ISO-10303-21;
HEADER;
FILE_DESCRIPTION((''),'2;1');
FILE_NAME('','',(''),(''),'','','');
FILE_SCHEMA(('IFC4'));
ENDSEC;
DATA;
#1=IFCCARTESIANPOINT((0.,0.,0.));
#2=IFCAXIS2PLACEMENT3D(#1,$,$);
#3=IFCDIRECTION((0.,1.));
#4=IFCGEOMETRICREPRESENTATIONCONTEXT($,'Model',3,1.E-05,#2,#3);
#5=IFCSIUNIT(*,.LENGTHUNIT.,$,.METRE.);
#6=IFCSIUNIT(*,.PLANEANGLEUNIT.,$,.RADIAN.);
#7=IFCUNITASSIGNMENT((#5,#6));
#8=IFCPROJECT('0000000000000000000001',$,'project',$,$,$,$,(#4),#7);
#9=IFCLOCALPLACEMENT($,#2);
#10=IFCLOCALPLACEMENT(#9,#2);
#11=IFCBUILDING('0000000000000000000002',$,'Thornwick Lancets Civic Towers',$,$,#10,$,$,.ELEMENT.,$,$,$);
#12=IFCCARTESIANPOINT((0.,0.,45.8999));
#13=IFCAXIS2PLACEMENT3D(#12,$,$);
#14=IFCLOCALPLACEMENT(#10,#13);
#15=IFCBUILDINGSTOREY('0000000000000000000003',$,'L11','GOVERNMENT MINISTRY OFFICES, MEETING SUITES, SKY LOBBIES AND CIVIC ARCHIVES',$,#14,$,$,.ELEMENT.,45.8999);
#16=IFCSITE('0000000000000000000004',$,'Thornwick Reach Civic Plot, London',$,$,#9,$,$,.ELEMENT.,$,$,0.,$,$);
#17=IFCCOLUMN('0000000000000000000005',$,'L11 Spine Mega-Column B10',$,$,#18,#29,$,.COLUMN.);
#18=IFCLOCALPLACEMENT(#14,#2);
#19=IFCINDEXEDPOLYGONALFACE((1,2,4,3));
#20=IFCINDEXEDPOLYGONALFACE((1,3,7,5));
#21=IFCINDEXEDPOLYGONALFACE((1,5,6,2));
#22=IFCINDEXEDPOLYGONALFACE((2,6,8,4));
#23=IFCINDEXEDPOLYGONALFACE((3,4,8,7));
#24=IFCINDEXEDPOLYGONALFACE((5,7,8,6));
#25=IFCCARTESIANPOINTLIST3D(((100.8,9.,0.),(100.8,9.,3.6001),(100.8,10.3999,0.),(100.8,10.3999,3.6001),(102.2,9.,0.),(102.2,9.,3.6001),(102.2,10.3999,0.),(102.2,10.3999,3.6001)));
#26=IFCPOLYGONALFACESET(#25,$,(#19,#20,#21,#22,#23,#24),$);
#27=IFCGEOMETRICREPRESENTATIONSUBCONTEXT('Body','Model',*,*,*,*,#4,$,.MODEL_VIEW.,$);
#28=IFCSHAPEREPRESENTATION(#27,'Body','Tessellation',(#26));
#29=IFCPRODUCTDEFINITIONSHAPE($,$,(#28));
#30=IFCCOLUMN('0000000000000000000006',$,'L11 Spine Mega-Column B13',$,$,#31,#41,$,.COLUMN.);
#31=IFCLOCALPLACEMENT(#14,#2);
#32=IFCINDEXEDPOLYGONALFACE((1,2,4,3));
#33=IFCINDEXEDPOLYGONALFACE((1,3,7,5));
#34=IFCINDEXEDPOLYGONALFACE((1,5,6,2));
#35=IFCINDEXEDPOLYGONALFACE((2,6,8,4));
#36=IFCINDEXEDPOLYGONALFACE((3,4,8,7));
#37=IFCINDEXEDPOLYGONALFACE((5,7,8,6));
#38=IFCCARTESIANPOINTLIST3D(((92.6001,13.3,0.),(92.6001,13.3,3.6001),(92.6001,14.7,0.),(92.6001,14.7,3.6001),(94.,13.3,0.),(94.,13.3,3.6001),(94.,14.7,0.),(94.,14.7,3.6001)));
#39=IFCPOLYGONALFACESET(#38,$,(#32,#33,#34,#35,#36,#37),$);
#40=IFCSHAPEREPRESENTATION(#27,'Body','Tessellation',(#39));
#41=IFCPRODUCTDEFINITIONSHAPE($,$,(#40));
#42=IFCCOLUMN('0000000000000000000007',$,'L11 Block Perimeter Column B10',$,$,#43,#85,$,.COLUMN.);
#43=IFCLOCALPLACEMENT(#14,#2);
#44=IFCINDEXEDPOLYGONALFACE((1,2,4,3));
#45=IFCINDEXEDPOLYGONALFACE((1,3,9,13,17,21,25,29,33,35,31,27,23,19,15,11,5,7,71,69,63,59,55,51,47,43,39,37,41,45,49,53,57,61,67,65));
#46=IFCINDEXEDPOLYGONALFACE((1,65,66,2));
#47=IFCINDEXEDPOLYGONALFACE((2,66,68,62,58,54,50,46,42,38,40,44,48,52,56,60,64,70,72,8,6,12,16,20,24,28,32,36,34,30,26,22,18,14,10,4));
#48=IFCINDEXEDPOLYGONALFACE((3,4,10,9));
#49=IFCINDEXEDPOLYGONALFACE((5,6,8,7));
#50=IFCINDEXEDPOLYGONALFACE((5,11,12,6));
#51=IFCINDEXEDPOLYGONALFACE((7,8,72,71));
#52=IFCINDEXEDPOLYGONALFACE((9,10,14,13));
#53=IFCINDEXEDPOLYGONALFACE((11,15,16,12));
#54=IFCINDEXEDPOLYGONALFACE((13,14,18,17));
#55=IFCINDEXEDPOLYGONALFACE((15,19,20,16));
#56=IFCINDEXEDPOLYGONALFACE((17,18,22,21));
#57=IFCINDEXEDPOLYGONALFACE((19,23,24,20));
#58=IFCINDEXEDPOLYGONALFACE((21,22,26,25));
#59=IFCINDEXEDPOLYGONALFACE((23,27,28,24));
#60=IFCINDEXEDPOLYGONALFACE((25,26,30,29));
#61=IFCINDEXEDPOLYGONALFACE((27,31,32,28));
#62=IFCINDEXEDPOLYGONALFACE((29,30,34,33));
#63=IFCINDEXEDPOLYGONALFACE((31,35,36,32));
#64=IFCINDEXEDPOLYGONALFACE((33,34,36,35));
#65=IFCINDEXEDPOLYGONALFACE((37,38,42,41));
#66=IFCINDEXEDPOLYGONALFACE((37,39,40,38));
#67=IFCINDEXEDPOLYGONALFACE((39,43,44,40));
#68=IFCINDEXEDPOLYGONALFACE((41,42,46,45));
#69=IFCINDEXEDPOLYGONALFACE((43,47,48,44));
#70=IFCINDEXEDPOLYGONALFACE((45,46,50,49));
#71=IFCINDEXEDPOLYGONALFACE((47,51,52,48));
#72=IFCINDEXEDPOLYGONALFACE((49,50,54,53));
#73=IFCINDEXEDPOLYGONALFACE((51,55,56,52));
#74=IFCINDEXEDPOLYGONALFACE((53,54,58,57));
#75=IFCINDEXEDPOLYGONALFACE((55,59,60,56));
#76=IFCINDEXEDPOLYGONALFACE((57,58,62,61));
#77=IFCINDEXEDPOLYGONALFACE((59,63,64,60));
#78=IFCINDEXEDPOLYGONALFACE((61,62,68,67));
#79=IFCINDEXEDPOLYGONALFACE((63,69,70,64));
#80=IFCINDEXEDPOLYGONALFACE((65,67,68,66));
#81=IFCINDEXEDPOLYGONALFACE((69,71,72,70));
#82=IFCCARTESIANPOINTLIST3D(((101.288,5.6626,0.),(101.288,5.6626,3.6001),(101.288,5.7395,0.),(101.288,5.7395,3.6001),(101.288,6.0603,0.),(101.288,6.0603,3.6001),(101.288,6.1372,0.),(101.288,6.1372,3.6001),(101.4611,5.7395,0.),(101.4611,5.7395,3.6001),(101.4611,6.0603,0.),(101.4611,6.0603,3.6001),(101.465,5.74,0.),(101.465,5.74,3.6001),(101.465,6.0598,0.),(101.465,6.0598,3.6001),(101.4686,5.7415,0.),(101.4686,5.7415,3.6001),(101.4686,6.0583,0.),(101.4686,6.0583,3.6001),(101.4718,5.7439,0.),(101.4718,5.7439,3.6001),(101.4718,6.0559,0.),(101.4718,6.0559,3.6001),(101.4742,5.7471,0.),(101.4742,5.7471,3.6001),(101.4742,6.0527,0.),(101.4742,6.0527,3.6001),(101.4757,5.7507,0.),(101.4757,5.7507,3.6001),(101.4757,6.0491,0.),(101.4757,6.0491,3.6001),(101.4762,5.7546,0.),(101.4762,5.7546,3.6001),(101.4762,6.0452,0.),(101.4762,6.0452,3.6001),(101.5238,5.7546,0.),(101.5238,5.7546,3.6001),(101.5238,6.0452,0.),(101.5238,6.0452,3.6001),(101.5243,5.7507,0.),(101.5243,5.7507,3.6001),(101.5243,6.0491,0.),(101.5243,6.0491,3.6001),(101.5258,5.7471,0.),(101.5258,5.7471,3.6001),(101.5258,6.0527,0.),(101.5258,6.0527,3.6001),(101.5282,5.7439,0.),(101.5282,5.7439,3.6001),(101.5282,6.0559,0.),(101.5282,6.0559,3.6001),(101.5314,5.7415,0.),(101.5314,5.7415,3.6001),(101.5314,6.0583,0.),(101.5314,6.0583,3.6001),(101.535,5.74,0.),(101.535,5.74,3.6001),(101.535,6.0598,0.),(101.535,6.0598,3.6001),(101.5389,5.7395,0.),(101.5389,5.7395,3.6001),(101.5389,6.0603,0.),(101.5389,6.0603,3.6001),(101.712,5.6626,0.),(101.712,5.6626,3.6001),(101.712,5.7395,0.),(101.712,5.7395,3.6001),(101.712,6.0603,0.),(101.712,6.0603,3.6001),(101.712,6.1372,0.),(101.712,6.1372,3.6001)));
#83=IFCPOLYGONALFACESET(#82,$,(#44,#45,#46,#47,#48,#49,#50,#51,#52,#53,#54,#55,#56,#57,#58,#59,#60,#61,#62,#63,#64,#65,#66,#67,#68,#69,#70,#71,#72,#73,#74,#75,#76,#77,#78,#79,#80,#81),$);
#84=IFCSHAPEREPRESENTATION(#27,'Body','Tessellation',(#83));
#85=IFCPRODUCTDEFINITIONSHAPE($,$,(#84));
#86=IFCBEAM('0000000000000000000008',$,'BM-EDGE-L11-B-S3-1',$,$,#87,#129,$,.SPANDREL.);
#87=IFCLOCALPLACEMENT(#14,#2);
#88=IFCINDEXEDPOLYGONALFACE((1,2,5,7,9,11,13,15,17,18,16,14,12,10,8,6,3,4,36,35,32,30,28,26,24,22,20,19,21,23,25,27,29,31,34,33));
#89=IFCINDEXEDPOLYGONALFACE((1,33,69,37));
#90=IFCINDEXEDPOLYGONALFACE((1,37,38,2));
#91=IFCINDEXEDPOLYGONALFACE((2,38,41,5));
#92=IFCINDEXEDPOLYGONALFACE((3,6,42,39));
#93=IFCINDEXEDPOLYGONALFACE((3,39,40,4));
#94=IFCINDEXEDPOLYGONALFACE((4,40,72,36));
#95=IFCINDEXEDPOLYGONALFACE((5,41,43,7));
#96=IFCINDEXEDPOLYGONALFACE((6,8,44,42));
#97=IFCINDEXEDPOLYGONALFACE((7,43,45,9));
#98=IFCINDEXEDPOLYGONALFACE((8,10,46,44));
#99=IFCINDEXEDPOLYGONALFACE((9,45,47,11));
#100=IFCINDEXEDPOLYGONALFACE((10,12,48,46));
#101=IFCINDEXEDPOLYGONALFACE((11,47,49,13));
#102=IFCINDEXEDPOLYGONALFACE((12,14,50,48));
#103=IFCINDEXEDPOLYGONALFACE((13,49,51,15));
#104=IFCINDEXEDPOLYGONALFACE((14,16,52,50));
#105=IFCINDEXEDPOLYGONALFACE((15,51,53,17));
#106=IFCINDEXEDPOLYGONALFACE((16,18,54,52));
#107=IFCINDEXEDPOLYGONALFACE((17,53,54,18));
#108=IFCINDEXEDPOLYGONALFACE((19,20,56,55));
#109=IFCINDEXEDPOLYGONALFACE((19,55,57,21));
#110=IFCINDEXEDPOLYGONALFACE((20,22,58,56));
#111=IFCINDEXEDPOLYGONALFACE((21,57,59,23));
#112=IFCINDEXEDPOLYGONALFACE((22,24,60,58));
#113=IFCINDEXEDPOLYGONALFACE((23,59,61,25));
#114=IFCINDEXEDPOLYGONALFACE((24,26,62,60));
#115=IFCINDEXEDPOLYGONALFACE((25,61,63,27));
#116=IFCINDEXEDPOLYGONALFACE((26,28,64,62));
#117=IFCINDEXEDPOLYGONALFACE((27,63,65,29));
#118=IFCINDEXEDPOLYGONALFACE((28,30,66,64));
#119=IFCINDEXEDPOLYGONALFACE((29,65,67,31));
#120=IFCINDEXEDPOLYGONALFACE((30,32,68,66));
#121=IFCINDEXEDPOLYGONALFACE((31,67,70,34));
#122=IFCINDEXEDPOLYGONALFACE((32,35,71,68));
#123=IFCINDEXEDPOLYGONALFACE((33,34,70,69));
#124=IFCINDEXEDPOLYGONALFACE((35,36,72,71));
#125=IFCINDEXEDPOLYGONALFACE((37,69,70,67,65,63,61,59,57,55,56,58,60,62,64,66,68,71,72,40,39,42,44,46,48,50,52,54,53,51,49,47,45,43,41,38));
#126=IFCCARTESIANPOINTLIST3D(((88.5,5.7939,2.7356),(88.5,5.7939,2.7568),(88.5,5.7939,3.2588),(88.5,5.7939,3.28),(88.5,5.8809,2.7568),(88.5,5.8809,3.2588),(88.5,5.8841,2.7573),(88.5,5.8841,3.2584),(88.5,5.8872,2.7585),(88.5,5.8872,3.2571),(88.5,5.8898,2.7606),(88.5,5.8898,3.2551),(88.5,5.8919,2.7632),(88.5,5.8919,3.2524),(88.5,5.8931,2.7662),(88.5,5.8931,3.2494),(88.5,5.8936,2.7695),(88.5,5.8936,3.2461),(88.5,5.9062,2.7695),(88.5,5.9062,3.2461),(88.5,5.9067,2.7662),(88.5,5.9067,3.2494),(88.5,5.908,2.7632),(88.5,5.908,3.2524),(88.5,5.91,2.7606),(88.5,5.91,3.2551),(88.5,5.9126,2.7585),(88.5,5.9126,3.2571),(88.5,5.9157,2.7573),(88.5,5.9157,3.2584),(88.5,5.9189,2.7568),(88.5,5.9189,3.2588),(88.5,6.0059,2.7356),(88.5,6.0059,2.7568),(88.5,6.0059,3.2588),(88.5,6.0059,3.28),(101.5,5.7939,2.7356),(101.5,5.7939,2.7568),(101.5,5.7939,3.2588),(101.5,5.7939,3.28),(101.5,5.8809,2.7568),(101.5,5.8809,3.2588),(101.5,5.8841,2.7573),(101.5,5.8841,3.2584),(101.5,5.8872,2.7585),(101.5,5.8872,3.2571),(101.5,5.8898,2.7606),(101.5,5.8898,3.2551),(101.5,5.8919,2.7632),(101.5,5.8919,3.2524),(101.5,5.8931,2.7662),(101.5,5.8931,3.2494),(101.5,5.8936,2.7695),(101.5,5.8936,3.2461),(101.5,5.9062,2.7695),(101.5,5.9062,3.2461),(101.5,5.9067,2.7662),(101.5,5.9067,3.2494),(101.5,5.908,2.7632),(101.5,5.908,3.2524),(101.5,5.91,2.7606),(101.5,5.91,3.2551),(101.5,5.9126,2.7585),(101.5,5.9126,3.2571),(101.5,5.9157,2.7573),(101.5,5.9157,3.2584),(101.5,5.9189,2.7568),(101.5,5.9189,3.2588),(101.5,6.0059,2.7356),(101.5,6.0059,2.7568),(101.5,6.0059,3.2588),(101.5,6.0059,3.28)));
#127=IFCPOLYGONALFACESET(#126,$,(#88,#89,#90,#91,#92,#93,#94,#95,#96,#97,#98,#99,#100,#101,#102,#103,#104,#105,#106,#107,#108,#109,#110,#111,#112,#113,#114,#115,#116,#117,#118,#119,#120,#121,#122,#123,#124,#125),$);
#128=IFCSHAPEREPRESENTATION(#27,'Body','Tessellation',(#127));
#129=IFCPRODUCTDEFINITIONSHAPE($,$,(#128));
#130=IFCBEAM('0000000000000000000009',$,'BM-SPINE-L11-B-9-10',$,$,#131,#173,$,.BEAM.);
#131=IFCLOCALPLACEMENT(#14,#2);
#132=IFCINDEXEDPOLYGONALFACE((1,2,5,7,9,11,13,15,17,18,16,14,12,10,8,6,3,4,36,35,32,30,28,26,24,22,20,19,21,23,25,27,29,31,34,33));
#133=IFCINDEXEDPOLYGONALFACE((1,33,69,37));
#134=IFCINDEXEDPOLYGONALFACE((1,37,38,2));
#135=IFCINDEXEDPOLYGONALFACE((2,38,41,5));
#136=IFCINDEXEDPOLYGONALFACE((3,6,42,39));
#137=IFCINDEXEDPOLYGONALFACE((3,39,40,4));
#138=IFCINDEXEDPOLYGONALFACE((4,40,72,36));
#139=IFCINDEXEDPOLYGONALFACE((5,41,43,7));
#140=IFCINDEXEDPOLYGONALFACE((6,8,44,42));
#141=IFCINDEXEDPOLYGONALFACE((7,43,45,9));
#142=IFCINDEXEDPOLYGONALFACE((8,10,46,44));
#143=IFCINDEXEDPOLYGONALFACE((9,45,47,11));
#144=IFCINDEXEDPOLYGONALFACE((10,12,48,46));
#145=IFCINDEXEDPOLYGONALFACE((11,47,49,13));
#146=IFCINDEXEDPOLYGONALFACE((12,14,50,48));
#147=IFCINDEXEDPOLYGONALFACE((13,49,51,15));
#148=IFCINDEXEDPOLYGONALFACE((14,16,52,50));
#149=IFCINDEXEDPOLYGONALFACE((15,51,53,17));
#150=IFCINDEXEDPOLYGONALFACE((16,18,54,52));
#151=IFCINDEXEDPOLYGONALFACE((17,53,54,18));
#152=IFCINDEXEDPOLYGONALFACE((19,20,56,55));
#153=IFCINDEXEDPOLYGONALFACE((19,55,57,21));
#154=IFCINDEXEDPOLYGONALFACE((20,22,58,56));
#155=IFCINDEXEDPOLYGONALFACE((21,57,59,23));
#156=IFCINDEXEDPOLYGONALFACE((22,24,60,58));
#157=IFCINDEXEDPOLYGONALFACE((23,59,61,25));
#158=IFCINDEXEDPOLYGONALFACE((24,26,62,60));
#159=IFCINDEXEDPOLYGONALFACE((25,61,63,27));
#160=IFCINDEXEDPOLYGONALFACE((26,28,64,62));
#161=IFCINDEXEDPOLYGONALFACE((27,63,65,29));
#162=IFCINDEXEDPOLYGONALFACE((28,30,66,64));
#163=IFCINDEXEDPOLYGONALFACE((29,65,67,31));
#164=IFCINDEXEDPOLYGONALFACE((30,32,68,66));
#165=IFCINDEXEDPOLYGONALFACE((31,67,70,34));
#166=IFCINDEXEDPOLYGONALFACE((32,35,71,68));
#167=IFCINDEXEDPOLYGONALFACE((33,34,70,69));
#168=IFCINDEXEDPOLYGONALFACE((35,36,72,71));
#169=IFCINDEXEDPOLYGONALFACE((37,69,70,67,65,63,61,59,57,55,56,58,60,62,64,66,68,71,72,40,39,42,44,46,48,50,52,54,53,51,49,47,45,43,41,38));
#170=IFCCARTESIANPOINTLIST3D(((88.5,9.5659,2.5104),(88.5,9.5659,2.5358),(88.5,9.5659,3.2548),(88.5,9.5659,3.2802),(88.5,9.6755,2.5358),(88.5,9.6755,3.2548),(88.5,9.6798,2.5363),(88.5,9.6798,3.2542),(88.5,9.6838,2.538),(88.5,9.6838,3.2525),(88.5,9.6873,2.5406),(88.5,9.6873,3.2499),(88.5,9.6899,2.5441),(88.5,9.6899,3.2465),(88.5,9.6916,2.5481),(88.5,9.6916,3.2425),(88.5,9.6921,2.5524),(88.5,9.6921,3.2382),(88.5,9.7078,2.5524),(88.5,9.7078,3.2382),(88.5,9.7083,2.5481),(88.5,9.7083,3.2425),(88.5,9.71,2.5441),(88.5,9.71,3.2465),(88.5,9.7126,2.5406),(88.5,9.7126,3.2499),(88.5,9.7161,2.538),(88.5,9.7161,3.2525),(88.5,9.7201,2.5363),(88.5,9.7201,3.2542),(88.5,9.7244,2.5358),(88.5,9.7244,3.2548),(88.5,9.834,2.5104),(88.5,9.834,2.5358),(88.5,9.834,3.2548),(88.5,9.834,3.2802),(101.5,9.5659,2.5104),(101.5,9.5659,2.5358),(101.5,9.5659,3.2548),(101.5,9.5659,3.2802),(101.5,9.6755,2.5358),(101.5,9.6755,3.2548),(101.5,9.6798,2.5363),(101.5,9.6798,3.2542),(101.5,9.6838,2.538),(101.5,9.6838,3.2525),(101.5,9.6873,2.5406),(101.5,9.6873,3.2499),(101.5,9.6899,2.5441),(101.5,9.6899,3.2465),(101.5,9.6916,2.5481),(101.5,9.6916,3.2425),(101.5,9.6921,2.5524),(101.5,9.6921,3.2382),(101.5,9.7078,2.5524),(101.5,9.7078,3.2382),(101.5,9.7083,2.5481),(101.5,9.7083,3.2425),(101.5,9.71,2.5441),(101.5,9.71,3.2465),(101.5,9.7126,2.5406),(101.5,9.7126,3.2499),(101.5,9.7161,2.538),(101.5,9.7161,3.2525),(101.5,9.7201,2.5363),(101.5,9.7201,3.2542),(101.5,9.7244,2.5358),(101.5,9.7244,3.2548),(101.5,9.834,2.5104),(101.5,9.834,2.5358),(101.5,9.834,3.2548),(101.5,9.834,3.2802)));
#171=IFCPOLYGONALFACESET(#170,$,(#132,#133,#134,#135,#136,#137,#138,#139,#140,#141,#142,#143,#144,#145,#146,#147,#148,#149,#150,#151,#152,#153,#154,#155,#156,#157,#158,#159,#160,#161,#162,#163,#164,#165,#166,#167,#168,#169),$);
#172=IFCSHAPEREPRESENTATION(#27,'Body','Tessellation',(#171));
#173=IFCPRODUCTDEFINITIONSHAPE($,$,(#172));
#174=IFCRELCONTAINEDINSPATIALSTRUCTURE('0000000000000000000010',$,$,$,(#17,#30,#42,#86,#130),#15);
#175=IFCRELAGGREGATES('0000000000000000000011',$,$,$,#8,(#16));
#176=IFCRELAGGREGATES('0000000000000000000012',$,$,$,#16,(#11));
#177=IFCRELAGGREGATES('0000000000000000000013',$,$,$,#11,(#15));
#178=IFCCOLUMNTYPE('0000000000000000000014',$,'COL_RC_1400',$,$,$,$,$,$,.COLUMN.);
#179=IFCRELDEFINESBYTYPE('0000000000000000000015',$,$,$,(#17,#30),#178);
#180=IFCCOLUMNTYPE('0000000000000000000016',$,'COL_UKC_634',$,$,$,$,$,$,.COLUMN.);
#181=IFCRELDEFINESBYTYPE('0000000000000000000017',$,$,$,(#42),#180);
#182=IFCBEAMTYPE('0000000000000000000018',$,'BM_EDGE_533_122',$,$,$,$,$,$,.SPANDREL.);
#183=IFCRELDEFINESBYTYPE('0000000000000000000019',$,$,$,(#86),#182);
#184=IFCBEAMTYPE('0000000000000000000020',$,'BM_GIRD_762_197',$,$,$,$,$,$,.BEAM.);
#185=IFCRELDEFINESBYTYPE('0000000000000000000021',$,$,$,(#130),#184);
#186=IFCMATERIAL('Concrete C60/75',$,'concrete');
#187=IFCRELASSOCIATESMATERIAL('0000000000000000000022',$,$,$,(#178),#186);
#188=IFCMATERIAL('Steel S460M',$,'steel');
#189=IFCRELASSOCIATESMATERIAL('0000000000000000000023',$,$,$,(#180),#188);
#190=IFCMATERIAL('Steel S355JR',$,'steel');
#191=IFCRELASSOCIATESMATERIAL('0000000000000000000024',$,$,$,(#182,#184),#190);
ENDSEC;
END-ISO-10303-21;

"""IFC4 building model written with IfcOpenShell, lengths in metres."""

from ifc_helpers import new_model, si_unit, direction, frame, origin, origin_2d, place, context, subcontext, project, spatial, rectangle, i_section, extrude, material, material_profile, profile_set, type_object, element, save


model = new_model("IFC4")

# Units and contexts
model_context = context("Model", 3, precision=1e-05, world=origin(), true_north=direction((0.0, 1.0)))
body_context = subcontext(model_context, "Body", "Model", "MODEL_VIEW")
ifc_project = project(units=[si_unit("LENGTHUNIT", "METRE"), si_unit("PLANEANGLEUNIT", "RADIAN")], contexts=[model_context])

# Site, building, storey
site_placement = place(None, origin())
site = spatial("IfcSite", under=ifc_project, at=site_placement, Name="Thornwick Reach Civic Plot, London", CompositionType="ELEMENT", RefElevation=0.0)
building_placement = place(site_placement, origin())
building = spatial("IfcBuilding", under=site, at=building_placement, Name="Thornwick Lancets Civic Towers", CompositionType="ELEMENT")
storey_placement = place(building_placement, frame((0.0, 0.0, 45.8999)))
storey = spatial("IfcBuildingStorey", under=building, at=storey_placement, Name="L11", Description="GOVERNMENT MINISTRY OFFICES, MEETING SUITES, SKY LOBBIES AND CIVIC ARCHIVES", CompositionType="ELEMENT", Elevation=45.8999)

# Columns
ifc_material_1 = material(Name="Concrete C60/75", Category="concrete")
ifc_material_profile_1 = material_profile(ifc_material_1, rectangle(XDim=1.3999, YDim=1.3999, at=origin_2d()), Name="RC 1400x1400")
ifc_profile_set_1 = profile_set([ifc_material_profile_1], Name="Concrete C60/75")
column_type_1 = type_object("IfcColumnType", Name="COL_RC_1400", PredefinedType="COLUMN", material=ifc_profile_set_1)
for number, where, z_axis, x_axis, name in (
    (1, (101.5, 9.7, 0.0), (0.0, 0.0, 1.0), (1.0, 0.0, 0.0), "L11 Spine Mega-Column B10"),
    (2, (93.3, 14.0, 0.0), (0.0, 0.0, 1.0), (1.0, 0.0, 0.0), "L11 Spine Mega-Column B13"),
):
    element("IfcColumn", number, at=place(storey_placement, frame(where, z_axis=z_axis, x_axis=x_axis)), inside=storey, type_object=column_type_1, Name=name, PredefinedType="COLUMN", context=body_context, shape_type="SweptSolid", body=[
        extrude(rectangle(XDim=1.3999, YDim=1.3999, at=origin_2d()), origin(), (0.0, 0.0, 1.0), 3.6001),
    ])
ifc_material_2 = material(Name="Steel S460M", Category="steel")
ifc_material_profile_2 = material_profile(ifc_material_2, i_section(OverallWidth=0.4241, OverallDepth=0.4746, WebThickness=0.0476, FlangeThickness=0.0769, FilletRadius=0.0151, at=origin_2d()), Name="UKC 356x406x634")
ifc_profile_set_2 = profile_set([ifc_material_profile_2], Name="Steel S460M")
column_type_2 = type_object("IfcColumnType", Name="COL_UKC_634", PredefinedType="COLUMN", material=ifc_profile_set_2)
column_placement = place(storey_placement, frame((101.5, 5.8999, 0.0), z_axis=(0.0, 0.0, 1.0), x_axis=(1.0, 0.0, 0.0)))
element("IfcColumn", 3, at=column_placement, inside=storey, type_object=column_type_2, Name="L11 Block Perimeter Column B10", PredefinedType="COLUMN", context=body_context, shape_type="SweptSolid", body=[
    extrude(i_section(OverallWidth=0.4241, OverallDepth=0.4746, WebThickness=0.0476, FlangeThickness=0.0769, FilletRadius=0.0151, at=origin_2d()), origin(), (0.0, 0.0, 1.0), 3.6001),
])

# Beams
ifc_material_3 = material(Name="Steel S355JR", Category="steel")
ifc_material_profile_3 = material_profile(ifc_material_3, i_section(OverallWidth=0.2119, OverallDepth=0.5444, WebThickness=0.0127, FlangeThickness=0.0212, FilletRadius=0.0127, at=origin_2d()), Name="UKB 533x210x122")
ifc_profile_set_3 = profile_set([ifc_material_profile_3], Name="Steel S355JR")
beam_type_1 = type_object("IfcBeamType", Name="BM_EDGE_533_122", PredefinedType="SPANDREL", material=ifc_profile_set_3)
beam_1_placement = place(storey_placement, frame((101.5, 5.8999, 3.0078), z_axis=(-1.0, 0.0, 0.0), x_axis=(0.0, -1.0, 0.0)))
element("IfcBeam", 4, at=beam_1_placement, inside=storey, type_object=beam_type_1, Name="BM-EDGE-L11-B-S3-1", PredefinedType="SPANDREL", context=body_context, shape_type="SweptSolid", body=[
    extrude(i_section(OverallWidth=0.2119, OverallDepth=0.5444, WebThickness=0.0127, FlangeThickness=0.0212, FilletRadius=0.0127, at=origin_2d()), origin(), (0.0, 0.0, 1.0), 13.0),
])
ifc_material_profile_4 = material_profile(ifc_material_3, i_section(OverallWidth=0.2681, OverallDepth=0.7698, WebThickness=0.0156, FlangeThickness=0.0254, FilletRadius=0.0166, at=origin_2d()), Name="UKB 762x267x197")
ifc_profile_set_4 = profile_set([ifc_material_profile_4], Name="Steel S355JR")
beam_type_2 = type_object("IfcBeamType", Name="BM_GIRD_762_197", PredefinedType="BEAM", material=ifc_profile_set_4)
beam_2_placement = place(storey_placement, frame((101.5, 9.7, 2.8953), z_axis=(-1.0, 0.0, 0.0), x_axis=(0.0, -1.0, 0.0)))
element("IfcBeam", 5, at=beam_2_placement, inside=storey, type_object=beam_type_2, Name="BM-SPINE-L11-B-9-10", PredefinedType="BEAM", context=body_context, shape_type="SweptSolid", body=[
    extrude(i_section(OverallWidth=0.2681, OverallDepth=0.7698, WebThickness=0.0156, FlangeThickness=0.0254, FilletRadius=0.0166, at=origin_2d()), origin(), (0.0, 0.0, 1.0), 13.0),
])

save(model, "model.ifc")
